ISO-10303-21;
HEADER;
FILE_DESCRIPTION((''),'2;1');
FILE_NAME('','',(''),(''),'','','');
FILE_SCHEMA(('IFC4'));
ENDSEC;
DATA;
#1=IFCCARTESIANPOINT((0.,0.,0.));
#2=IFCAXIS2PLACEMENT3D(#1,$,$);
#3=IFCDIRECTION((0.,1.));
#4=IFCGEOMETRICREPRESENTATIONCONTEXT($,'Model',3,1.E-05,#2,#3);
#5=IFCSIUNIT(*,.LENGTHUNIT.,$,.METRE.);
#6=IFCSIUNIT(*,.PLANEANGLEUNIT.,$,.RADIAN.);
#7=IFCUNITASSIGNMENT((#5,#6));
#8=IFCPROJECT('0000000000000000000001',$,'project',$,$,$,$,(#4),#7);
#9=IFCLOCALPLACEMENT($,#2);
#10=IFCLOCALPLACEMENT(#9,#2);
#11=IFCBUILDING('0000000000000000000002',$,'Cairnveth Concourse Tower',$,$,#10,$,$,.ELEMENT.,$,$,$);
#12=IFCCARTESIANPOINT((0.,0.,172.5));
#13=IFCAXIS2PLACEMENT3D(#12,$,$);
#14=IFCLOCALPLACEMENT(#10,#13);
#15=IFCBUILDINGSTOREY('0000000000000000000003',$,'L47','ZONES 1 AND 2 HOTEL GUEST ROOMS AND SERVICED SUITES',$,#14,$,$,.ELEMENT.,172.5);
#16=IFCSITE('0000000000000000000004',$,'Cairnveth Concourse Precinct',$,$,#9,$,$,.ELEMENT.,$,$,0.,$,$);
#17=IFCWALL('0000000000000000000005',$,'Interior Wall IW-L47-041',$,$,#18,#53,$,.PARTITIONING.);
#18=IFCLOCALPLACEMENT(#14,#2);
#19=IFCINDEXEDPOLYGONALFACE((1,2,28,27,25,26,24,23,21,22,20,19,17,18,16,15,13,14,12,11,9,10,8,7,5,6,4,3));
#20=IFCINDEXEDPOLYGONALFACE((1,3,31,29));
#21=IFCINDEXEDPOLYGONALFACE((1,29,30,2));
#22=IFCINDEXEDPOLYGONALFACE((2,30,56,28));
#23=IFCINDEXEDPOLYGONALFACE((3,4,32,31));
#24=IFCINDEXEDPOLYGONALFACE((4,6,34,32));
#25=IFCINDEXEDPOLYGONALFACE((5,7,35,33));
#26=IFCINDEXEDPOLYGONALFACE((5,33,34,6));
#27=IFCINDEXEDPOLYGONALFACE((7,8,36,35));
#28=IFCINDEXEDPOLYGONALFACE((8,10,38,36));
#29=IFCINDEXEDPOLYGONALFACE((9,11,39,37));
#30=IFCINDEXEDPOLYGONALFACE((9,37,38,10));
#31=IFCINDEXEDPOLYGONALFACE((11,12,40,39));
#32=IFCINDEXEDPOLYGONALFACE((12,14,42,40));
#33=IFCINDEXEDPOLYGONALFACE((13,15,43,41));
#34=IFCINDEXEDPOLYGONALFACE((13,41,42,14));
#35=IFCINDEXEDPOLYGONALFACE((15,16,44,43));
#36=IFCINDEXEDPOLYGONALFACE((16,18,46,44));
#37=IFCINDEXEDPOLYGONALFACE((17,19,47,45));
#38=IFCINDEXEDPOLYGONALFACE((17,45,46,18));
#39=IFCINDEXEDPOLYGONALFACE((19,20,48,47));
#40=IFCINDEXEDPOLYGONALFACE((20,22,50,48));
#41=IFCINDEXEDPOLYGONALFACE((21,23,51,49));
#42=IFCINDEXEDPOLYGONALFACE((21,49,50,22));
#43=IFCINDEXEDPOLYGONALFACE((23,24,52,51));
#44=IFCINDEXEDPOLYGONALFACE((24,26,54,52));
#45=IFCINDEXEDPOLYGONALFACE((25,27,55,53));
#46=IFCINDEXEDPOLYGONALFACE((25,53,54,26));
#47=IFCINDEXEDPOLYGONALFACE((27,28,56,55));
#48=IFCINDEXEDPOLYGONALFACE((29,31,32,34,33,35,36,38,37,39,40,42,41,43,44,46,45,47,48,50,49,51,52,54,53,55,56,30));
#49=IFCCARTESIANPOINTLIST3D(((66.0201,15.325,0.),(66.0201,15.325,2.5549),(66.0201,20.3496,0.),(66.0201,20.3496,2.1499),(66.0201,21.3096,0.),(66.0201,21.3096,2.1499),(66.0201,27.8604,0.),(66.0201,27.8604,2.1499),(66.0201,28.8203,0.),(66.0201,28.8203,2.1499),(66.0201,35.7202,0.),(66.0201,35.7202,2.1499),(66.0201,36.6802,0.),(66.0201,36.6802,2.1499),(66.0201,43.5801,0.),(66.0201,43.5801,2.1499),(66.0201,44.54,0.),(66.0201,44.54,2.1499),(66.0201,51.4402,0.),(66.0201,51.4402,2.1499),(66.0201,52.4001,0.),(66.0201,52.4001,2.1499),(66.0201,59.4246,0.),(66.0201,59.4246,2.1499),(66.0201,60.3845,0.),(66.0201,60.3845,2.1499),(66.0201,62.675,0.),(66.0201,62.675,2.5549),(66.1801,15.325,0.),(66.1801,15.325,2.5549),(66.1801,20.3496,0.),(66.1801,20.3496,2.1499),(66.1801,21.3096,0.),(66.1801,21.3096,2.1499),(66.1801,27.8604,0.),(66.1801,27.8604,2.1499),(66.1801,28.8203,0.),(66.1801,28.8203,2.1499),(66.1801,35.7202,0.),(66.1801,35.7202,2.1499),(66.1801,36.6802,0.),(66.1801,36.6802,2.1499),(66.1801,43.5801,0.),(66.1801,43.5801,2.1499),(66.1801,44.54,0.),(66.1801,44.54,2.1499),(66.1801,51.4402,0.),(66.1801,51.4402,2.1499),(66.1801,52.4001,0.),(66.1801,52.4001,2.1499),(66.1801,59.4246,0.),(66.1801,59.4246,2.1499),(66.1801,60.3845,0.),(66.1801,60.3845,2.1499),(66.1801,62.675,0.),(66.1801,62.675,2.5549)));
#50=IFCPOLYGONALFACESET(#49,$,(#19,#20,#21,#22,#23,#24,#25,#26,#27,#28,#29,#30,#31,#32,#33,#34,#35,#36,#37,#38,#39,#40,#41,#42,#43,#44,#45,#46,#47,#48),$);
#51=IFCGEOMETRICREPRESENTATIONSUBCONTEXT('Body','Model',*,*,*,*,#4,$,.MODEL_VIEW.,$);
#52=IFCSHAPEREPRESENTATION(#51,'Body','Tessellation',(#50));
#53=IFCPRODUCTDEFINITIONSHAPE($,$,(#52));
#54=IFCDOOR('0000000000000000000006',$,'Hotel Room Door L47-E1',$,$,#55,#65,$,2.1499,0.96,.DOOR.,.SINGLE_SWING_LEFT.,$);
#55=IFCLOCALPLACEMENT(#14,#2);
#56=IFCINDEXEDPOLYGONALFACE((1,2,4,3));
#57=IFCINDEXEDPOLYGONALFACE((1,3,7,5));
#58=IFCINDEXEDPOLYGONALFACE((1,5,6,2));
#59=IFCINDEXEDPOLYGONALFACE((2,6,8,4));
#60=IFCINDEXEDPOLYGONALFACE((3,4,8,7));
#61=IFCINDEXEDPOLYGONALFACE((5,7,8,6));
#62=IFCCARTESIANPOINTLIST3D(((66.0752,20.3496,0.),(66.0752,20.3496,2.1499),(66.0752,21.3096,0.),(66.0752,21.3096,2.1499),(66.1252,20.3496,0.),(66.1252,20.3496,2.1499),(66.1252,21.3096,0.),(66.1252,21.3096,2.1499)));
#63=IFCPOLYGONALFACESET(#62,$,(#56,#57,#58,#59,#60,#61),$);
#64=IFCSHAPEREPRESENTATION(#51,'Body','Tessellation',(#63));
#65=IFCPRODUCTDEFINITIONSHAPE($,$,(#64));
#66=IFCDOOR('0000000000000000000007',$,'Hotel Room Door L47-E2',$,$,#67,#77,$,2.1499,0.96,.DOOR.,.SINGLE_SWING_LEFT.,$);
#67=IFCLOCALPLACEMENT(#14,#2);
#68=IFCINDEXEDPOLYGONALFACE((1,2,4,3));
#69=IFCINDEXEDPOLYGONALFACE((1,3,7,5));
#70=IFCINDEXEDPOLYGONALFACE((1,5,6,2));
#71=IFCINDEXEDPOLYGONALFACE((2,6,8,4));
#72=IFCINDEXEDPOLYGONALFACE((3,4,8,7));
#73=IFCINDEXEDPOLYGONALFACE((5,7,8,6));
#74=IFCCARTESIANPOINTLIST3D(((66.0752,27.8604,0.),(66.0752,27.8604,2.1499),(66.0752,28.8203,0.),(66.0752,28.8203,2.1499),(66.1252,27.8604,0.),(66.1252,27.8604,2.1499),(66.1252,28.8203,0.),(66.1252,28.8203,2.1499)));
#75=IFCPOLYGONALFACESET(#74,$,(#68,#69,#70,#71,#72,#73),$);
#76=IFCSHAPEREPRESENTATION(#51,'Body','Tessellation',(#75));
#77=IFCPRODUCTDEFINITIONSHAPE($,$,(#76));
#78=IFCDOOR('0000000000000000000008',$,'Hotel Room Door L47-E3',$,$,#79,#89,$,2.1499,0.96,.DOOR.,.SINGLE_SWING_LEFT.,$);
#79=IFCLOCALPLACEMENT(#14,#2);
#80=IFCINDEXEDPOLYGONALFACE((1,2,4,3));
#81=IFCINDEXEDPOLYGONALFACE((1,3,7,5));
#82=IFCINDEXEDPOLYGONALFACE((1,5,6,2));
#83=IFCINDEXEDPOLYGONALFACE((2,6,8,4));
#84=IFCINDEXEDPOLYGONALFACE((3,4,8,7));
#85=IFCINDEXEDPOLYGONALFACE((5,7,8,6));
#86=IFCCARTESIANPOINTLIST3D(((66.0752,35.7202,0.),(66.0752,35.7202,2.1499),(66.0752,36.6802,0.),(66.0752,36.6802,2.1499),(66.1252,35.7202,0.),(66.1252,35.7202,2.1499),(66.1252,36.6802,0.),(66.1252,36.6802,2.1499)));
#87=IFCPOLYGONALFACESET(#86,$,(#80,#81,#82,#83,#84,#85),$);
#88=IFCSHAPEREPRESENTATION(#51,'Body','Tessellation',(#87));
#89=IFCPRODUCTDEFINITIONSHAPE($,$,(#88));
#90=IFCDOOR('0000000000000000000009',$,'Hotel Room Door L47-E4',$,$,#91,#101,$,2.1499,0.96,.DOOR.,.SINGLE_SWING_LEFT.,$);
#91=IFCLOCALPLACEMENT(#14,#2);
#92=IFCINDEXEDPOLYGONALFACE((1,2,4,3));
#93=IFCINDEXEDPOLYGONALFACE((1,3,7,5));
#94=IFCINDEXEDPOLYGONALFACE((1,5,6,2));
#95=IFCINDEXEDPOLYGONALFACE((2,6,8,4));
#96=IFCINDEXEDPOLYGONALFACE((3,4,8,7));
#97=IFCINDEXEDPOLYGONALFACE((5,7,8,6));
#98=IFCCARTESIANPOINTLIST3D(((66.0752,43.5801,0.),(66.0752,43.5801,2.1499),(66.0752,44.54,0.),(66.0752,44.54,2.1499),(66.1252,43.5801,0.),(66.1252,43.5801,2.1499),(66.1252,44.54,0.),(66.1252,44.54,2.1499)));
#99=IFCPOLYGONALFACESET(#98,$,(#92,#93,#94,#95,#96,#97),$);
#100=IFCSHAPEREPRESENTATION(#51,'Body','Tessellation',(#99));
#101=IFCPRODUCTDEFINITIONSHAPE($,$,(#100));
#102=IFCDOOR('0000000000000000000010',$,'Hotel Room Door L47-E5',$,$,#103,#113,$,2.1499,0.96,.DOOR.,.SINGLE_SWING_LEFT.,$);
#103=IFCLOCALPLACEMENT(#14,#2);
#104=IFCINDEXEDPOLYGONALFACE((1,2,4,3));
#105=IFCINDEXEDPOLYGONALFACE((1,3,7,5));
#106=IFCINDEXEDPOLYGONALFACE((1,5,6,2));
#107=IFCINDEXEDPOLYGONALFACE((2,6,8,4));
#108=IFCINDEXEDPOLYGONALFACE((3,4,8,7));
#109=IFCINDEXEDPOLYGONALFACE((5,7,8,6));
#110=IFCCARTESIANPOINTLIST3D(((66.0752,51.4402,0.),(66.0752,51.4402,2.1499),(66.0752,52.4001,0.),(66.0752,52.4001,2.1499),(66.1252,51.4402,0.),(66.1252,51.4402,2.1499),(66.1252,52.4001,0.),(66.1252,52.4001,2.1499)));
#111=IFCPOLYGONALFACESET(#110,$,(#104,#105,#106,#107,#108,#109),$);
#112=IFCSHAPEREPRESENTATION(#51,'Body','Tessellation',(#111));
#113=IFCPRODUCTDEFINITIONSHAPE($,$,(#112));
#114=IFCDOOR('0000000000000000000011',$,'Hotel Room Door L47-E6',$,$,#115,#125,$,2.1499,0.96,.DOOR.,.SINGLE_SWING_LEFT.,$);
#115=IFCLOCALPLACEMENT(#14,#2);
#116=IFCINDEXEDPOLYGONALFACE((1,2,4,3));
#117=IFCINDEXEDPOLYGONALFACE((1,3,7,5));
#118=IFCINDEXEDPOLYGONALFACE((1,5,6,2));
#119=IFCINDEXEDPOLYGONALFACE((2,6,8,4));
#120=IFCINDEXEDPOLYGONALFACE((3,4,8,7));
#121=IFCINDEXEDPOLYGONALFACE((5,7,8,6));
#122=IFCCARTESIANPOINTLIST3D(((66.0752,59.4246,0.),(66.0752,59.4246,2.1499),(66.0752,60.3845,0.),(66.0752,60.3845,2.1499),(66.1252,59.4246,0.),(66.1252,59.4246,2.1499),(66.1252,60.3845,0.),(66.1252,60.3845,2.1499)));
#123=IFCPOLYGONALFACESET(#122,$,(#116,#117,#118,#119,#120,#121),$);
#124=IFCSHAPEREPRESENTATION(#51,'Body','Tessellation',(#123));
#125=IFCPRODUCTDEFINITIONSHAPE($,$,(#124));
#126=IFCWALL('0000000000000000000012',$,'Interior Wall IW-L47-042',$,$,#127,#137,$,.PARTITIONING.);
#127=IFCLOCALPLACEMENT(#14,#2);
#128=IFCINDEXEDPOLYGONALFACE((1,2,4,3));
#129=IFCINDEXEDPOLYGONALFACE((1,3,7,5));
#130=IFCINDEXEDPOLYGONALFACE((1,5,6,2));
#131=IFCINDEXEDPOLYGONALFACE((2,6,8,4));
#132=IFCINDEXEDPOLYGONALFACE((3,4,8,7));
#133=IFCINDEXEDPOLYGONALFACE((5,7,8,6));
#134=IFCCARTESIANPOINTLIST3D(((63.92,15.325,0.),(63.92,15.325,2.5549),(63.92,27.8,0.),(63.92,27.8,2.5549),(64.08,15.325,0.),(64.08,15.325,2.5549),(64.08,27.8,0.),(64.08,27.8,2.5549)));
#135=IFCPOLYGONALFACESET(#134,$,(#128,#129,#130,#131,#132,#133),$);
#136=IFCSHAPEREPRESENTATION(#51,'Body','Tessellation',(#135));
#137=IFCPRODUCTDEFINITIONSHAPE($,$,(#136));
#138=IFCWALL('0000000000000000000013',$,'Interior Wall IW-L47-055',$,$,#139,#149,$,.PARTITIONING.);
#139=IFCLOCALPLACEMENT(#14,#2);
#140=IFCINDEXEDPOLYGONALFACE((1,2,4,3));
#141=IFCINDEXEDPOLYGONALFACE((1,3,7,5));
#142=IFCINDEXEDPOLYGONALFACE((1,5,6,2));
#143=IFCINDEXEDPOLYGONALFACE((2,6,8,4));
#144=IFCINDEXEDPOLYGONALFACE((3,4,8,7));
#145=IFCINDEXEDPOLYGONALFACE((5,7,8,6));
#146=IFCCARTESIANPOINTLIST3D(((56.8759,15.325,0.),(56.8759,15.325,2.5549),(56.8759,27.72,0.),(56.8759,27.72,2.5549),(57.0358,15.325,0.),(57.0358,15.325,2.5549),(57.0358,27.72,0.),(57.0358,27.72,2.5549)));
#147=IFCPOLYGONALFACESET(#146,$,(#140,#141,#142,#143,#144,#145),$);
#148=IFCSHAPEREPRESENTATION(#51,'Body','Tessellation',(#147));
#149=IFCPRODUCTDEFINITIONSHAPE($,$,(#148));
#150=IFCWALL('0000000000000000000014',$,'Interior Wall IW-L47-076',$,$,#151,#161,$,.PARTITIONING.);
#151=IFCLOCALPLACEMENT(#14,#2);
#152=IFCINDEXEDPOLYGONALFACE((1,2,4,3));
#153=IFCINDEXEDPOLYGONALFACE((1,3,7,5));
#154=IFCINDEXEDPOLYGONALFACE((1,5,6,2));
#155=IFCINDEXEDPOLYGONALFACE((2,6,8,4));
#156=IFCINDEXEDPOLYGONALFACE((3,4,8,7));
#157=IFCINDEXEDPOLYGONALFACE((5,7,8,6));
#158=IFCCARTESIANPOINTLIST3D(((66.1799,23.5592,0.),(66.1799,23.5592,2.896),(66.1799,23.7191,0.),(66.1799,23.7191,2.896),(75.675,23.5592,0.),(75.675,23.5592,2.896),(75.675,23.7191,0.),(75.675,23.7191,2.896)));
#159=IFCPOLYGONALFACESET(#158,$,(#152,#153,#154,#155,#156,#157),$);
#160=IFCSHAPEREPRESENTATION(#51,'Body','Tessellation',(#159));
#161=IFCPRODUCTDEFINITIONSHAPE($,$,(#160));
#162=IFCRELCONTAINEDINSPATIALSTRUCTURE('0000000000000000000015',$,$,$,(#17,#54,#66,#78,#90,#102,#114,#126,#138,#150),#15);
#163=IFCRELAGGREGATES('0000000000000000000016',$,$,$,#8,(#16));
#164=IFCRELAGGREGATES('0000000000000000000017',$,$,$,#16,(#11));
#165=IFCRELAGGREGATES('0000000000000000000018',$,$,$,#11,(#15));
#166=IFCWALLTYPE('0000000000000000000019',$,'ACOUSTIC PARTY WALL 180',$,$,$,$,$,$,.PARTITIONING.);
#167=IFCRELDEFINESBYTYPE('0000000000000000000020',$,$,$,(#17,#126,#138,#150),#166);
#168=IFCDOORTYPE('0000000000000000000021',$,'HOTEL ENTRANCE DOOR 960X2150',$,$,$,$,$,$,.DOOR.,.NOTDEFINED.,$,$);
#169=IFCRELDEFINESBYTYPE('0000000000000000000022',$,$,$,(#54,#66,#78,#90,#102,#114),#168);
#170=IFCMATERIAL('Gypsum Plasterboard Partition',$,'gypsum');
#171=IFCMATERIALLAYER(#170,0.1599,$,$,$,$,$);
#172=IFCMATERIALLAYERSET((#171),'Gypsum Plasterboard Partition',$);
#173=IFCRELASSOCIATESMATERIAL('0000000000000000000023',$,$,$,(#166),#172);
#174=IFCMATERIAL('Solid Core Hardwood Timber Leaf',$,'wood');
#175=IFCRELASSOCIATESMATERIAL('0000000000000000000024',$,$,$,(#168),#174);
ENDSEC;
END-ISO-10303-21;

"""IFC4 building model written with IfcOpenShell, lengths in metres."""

from ifc_helpers import new_model, si_unit, direction, frame, frame_2d, origin, place, context, subcontext, project, spatial, rectangle, extrude, material, layer, layer_set, type_object, element, fill, save


model = new_model("IFC4")

# Units and contexts
model_context = context("Model", 3, precision=1e-05, world=origin(), true_north=direction((0.0, 1.0)))
body_context = subcontext(model_context, "Body", "Model", "MODEL_VIEW")
ifc_project = project(units=[si_unit("LENGTHUNIT", "METRE"), si_unit("PLANEANGLEUNIT", "RADIAN")], contexts=[model_context])

# Site, building, storey
site_placement = place(None, origin())
site = spatial("IfcSite", under=ifc_project, at=site_placement, Name="Cairnveth Concourse Precinct", CompositionType="ELEMENT", RefElevation=0.0)
building_placement = place(site_placement, origin())
building = spatial("IfcBuilding", under=site, at=building_placement, Name="Cairnveth Concourse Tower", CompositionType="ELEMENT")
storey_placement = place(building_placement, frame((0.0, 0.0, 172.5)))
storey = spatial("IfcBuildingStorey", under=building, at=storey_placement, Name="L47", Description="ZONES 1 AND 2 HOTEL GUEST ROOMS AND SERVICED SUITES", CompositionType="ELEMENT", Elevation=172.5)

# Wall, openings, doors
ifc_material_1 = material(Name="Gypsum Plasterboard Partition", Category="gypsum")
ifc_layer_1 = layer(ifc_material_1, 0.1599)
ifc_layer_set_1 = layer_set([ifc_layer_1], Name="Gypsum Plasterboard Partition")
wall_type_1 = type_object("IfcWallType", Name="ACOUSTIC PARTY WALL 180", PredefinedType="PARTITIONING", material=ifc_layer_set_1)
wall_1_placement = place(storey_placement, frame((66.1001, 15.325, 0.0), z_axis=(0.0, 0.0, 1.0), x_axis=(0.0, 1.0, 0.0)))
wall_1 = element("IfcWall", 1, at=wall_1_placement, inside=storey, type_object=wall_type_1, Name="Interior Wall IW-L47-041", PredefinedType="PARTITIONING", context=body_context, shape_type="SweptSolid", body=[
    extrude(rectangle(XDim=47.3501, YDim=0.1599, at=frame_2d((23.675, 0.0))), origin(), (0.0, 0.0, 1.0), 2.5549),
])
opening_1_placement = place(wall_1_placement, frame((5.0247, 0.0, 0.0)))
opening_1 = element("IfcOpeningElement", 2, at=opening_1_placement, cuts=wall_1, PredefinedType="OPENING", context=body_context, shape_type="SweptSolid", body=[
    extrude(rectangle(XDim=0.96, YDim=2.1499, at=frame_2d((0.48, 1.075))), frame((0.0, 0.0898, 0.0), z_axis=(0.0, -1.0, 0.0), x_axis=(1.0, 0.0, 0.0)), (0.0, 0.0, 1.0), 0.1799),
])
opening_2_placement = place(wall_1_placement, frame((12.5354, 0.0, 0.0)))
opening_2 = element("IfcOpeningElement", 3, at=opening_2_placement, cuts=wall_1, PredefinedType="OPENING", context=body_context, shape_type="SweptSolid", body=[
    extrude(rectangle(XDim=0.96, YDim=2.1499, at=frame_2d((0.48, 1.075))), frame((0.0, 0.0898, 0.0), z_axis=(0.0, -1.0, 0.0), x_axis=(1.0, 0.0, 0.0)), (0.0, 0.0, 1.0), 0.1799),
])
opening_3_placement = place(wall_1_placement, frame((20.3953, 0.0, 0.0)))
opening_3 = element("IfcOpeningElement", 4, at=opening_3_placement, cuts=wall_1, PredefinedType="OPENING", context=body_context, shape_type="SweptSolid", body=[
    extrude(rectangle(XDim=0.96, YDim=2.1499, at=frame_2d((0.48, 1.075))), frame((0.0, 0.0898, 0.0), z_axis=(0.0, -1.0, 0.0), x_axis=(1.0, 0.0, 0.0)), (0.0, 0.0, 1.0), 0.1799),
])
opening_4_placement = place(wall_1_placement, frame((28.2551, 0.0, 0.0)))
opening_4 = element("IfcOpeningElement", 5, at=opening_4_placement, cuts=wall_1, PredefinedType="OPENING", context=body_context, shape_type="SweptSolid", body=[
    extrude(rectangle(XDim=0.96, YDim=2.1499, at=frame_2d((0.48, 1.075))), frame((0.0, 0.0898, 0.0), z_axis=(0.0, -1.0, 0.0), x_axis=(1.0, 0.0, 0.0)), (0.0, 0.0, 1.0), 0.1799),
])
opening_5_placement = place(wall_1_placement, frame((36.1152, 0.0, 0.0)))
opening_5 = element("IfcOpeningElement", 6, at=opening_5_placement, cuts=wall_1, PredefinedType="OPENING", context=body_context, shape_type="SweptSolid", body=[
    extrude(rectangle(XDim=0.96, YDim=2.1499, at=frame_2d((0.48, 1.075))), frame((0.0, 0.0898, 0.0), z_axis=(0.0, -1.0, 0.0), x_axis=(1.0, 0.0, 0.0)), (0.0, 0.0, 1.0), 0.1799),
])
opening_6_placement = place(wall_1_placement, frame((44.0996, 0.0, 0.0)))
opening_6 = element("IfcOpeningElement", 7, at=opening_6_placement, cuts=wall_1, PredefinedType="OPENING", context=body_context, shape_type="SweptSolid", body=[
    extrude(rectangle(XDim=0.96, YDim=2.1499, at=frame_2d((0.48, 1.075))), frame((0.0, 0.0898, 0.0), z_axis=(0.0, -1.0, 0.0), x_axis=(1.0, 0.0, 0.0)), (0.0, 0.0, 1.0), 0.1799),
])
ifc_material_2 = material(Name="Solid Core Hardwood Timber Leaf", Category="wood")
door_type_1 = type_object("IfcDoorType", Name="HOTEL ENTRANCE DOOR 960X2150", OperationType="NOTDEFINED", PredefinedType="DOOR", material=ifc_material_2)
door_1_placement = place(opening_1_placement, origin())
door_1 = element("IfcDoor", 8, at=door_1_placement, inside=storey, type_object=door_type_1, Name="Hotel Room Door L47-E1", OperationType="SINGLE_SWING_LEFT", OverallHeight=2.1499, OverallWidth=0.96, PredefinedType="DOOR", context=body_context, shape_type="SweptSolid", body=[
    extrude(rectangle(XDim=0.96, YDim=2.1499, at=frame_2d((0.48, 1.075))), frame((0.0, 0.0249, 0.0), z_axis=(0.0, -1.0, 0.0), x_axis=(1.0, 0.0, 0.0)), (0.0, 0.0, 1.0), 0.05),
])
fill(opening_1, door_1)
door_2_placement = place(opening_2_placement, origin())
door_2 = element("IfcDoor", 9, at=door_2_placement, inside=storey, type_object=door_type_1, Name="Hotel Room Door L47-E2", OperationType="SINGLE_SWING_LEFT", OverallHeight=2.1499, OverallWidth=0.96, PredefinedType="DOOR", context=body_context, shape_type="SweptSolid", body=[
    extrude(rectangle(XDim=0.96, YDim=2.1499, at=frame_2d((0.48, 1.075))), frame((0.0, 0.0249, 0.0), z_axis=(0.0, -1.0, 0.0), x_axis=(1.0, 0.0, 0.0)), (0.0, 0.0, 1.0), 0.05),
])
fill(opening_2, door_2)
door_3_placement = place(opening_3_placement, origin())
door_3 = element("IfcDoor", 10, at=door_3_placement, inside=storey, type_object=door_type_1, Name="Hotel Room Door L47-E3", OperationType="SINGLE_SWING_LEFT", OverallHeight=2.1499, OverallWidth=0.96, PredefinedType="DOOR", context=body_context, shape_type="SweptSolid", body=[
    extrude(rectangle(XDim=0.96, YDim=2.1499, at=frame_2d((0.48, 1.075))), frame((0.0, 0.0249, 0.0), z_axis=(0.0, -1.0, 0.0), x_axis=(1.0, 0.0, 0.0)), (0.0, 0.0, 1.0), 0.05),
])
fill(opening_3, door_3)
door_4_placement = place(opening_4_placement, origin())
door_4 = element("IfcDoor", 11, at=door_4_placement, inside=storey, type_object=door_type_1, Name="Hotel Room Door L47-E4", OperationType="SINGLE_SWING_LEFT", OverallHeight=2.1499, OverallWidth=0.96, PredefinedType="DOOR", context=body_context, shape_type="SweptSolid", body=[
    extrude(rectangle(XDim=0.96, YDim=2.1499, at=frame_2d((0.48, 1.075))), frame((0.0, 0.0249, 0.0), z_axis=(0.0, -1.0, 0.0), x_axis=(1.0, 0.0, 0.0)), (0.0, 0.0, 1.0), 0.05),
])
fill(opening_4, door_4)
door_5_placement = place(opening_5_placement, origin())
door_5 = element("IfcDoor", 12, at=door_5_placement, inside=storey, type_object=door_type_1, Name="Hotel Room Door L47-E5", OperationType="SINGLE_SWING_LEFT", OverallHeight=2.1499, OverallWidth=0.96, PredefinedType="DOOR", context=body_context, shape_type="SweptSolid", body=[
    extrude(rectangle(XDim=0.96, YDim=2.1499, at=frame_2d((0.48, 1.075))), frame((0.0, 0.0249, 0.0), z_axis=(0.0, -1.0, 0.0), x_axis=(1.0, 0.0, 0.0)), (0.0, 0.0, 1.0), 0.05),
])
fill(opening_5, door_5)
door_6_placement = place(opening_6_placement, origin())
door_6 = element("IfcDoor", 13, at=door_6_placement, inside=storey, type_object=door_type_1, Name="Hotel Room Door L47-E6", OperationType="SINGLE_SWING_LEFT", OverallHeight=2.1499, OverallWidth=0.96, PredefinedType="DOOR", context=body_context, shape_type="SweptSolid", body=[
    extrude(rectangle(XDim=0.96, YDim=2.1499, at=frame_2d((0.48, 1.075))), frame((0.0, 0.0249, 0.0), z_axis=(0.0, -1.0, 0.0), x_axis=(1.0, 0.0, 0.0)), (0.0, 0.0, 1.0), 0.05),
])
fill(opening_6, door_6)

# Walls
wall_2_placement = place(storey_placement, frame((64.0, 15.325, 0.0), z_axis=(0.0, 0.0, 1.0), x_axis=(0.0, 1.0, 0.0)))
element("IfcWall", 14, at=wall_2_placement, inside=storey, type_object=wall_type_1, Name="Interior Wall IW-L47-042", PredefinedType="PARTITIONING", context=body_context, shape_type="SweptSolid", body=[
    extrude(rectangle(XDim=12.4751, YDim=0.1599, at=frame_2d((6.2375, 0.0))), origin(), (0.0, 0.0, 1.0), 2.5549),
])
wall_3_placement = place(storey_placement, frame((56.9558, 15.325, 0.0), z_axis=(0.0, 0.0, 1.0), x_axis=(0.0, 1.0, 0.0)))
element("IfcWall", 15, at=wall_3_placement, inside=storey, type_object=wall_type_1, Name="Interior Wall IW-L47-055", PredefinedType="PARTITIONING", context=body_context, shape_type="SweptSolid", body=[
    extrude(rectangle(XDim=12.395, YDim=0.1599, at=frame_2d((6.1975, 0.0))), origin(), (0.0, 0.0, 1.0), 2.5549),
])
wall_4_placement = place(storey_placement, frame((66.1799, 23.6392, 0.0), z_axis=(0.0, 0.0, 1.0), x_axis=(1.0, 0.0, 0.0)))
element("IfcWall", 16, at=wall_4_placement, inside=storey, type_object=wall_type_1, Name="Interior Wall IW-L47-076", PredefinedType="PARTITIONING", context=body_context, shape_type="SweptSolid", body=[
    extrude(rectangle(XDim=9.4951, YDim=0.1599, at=frame_2d((4.7476, 0.0))), origin(), (0.0, 0.0, 1.0), 2.896),
])

save(model, "model.ifc")
